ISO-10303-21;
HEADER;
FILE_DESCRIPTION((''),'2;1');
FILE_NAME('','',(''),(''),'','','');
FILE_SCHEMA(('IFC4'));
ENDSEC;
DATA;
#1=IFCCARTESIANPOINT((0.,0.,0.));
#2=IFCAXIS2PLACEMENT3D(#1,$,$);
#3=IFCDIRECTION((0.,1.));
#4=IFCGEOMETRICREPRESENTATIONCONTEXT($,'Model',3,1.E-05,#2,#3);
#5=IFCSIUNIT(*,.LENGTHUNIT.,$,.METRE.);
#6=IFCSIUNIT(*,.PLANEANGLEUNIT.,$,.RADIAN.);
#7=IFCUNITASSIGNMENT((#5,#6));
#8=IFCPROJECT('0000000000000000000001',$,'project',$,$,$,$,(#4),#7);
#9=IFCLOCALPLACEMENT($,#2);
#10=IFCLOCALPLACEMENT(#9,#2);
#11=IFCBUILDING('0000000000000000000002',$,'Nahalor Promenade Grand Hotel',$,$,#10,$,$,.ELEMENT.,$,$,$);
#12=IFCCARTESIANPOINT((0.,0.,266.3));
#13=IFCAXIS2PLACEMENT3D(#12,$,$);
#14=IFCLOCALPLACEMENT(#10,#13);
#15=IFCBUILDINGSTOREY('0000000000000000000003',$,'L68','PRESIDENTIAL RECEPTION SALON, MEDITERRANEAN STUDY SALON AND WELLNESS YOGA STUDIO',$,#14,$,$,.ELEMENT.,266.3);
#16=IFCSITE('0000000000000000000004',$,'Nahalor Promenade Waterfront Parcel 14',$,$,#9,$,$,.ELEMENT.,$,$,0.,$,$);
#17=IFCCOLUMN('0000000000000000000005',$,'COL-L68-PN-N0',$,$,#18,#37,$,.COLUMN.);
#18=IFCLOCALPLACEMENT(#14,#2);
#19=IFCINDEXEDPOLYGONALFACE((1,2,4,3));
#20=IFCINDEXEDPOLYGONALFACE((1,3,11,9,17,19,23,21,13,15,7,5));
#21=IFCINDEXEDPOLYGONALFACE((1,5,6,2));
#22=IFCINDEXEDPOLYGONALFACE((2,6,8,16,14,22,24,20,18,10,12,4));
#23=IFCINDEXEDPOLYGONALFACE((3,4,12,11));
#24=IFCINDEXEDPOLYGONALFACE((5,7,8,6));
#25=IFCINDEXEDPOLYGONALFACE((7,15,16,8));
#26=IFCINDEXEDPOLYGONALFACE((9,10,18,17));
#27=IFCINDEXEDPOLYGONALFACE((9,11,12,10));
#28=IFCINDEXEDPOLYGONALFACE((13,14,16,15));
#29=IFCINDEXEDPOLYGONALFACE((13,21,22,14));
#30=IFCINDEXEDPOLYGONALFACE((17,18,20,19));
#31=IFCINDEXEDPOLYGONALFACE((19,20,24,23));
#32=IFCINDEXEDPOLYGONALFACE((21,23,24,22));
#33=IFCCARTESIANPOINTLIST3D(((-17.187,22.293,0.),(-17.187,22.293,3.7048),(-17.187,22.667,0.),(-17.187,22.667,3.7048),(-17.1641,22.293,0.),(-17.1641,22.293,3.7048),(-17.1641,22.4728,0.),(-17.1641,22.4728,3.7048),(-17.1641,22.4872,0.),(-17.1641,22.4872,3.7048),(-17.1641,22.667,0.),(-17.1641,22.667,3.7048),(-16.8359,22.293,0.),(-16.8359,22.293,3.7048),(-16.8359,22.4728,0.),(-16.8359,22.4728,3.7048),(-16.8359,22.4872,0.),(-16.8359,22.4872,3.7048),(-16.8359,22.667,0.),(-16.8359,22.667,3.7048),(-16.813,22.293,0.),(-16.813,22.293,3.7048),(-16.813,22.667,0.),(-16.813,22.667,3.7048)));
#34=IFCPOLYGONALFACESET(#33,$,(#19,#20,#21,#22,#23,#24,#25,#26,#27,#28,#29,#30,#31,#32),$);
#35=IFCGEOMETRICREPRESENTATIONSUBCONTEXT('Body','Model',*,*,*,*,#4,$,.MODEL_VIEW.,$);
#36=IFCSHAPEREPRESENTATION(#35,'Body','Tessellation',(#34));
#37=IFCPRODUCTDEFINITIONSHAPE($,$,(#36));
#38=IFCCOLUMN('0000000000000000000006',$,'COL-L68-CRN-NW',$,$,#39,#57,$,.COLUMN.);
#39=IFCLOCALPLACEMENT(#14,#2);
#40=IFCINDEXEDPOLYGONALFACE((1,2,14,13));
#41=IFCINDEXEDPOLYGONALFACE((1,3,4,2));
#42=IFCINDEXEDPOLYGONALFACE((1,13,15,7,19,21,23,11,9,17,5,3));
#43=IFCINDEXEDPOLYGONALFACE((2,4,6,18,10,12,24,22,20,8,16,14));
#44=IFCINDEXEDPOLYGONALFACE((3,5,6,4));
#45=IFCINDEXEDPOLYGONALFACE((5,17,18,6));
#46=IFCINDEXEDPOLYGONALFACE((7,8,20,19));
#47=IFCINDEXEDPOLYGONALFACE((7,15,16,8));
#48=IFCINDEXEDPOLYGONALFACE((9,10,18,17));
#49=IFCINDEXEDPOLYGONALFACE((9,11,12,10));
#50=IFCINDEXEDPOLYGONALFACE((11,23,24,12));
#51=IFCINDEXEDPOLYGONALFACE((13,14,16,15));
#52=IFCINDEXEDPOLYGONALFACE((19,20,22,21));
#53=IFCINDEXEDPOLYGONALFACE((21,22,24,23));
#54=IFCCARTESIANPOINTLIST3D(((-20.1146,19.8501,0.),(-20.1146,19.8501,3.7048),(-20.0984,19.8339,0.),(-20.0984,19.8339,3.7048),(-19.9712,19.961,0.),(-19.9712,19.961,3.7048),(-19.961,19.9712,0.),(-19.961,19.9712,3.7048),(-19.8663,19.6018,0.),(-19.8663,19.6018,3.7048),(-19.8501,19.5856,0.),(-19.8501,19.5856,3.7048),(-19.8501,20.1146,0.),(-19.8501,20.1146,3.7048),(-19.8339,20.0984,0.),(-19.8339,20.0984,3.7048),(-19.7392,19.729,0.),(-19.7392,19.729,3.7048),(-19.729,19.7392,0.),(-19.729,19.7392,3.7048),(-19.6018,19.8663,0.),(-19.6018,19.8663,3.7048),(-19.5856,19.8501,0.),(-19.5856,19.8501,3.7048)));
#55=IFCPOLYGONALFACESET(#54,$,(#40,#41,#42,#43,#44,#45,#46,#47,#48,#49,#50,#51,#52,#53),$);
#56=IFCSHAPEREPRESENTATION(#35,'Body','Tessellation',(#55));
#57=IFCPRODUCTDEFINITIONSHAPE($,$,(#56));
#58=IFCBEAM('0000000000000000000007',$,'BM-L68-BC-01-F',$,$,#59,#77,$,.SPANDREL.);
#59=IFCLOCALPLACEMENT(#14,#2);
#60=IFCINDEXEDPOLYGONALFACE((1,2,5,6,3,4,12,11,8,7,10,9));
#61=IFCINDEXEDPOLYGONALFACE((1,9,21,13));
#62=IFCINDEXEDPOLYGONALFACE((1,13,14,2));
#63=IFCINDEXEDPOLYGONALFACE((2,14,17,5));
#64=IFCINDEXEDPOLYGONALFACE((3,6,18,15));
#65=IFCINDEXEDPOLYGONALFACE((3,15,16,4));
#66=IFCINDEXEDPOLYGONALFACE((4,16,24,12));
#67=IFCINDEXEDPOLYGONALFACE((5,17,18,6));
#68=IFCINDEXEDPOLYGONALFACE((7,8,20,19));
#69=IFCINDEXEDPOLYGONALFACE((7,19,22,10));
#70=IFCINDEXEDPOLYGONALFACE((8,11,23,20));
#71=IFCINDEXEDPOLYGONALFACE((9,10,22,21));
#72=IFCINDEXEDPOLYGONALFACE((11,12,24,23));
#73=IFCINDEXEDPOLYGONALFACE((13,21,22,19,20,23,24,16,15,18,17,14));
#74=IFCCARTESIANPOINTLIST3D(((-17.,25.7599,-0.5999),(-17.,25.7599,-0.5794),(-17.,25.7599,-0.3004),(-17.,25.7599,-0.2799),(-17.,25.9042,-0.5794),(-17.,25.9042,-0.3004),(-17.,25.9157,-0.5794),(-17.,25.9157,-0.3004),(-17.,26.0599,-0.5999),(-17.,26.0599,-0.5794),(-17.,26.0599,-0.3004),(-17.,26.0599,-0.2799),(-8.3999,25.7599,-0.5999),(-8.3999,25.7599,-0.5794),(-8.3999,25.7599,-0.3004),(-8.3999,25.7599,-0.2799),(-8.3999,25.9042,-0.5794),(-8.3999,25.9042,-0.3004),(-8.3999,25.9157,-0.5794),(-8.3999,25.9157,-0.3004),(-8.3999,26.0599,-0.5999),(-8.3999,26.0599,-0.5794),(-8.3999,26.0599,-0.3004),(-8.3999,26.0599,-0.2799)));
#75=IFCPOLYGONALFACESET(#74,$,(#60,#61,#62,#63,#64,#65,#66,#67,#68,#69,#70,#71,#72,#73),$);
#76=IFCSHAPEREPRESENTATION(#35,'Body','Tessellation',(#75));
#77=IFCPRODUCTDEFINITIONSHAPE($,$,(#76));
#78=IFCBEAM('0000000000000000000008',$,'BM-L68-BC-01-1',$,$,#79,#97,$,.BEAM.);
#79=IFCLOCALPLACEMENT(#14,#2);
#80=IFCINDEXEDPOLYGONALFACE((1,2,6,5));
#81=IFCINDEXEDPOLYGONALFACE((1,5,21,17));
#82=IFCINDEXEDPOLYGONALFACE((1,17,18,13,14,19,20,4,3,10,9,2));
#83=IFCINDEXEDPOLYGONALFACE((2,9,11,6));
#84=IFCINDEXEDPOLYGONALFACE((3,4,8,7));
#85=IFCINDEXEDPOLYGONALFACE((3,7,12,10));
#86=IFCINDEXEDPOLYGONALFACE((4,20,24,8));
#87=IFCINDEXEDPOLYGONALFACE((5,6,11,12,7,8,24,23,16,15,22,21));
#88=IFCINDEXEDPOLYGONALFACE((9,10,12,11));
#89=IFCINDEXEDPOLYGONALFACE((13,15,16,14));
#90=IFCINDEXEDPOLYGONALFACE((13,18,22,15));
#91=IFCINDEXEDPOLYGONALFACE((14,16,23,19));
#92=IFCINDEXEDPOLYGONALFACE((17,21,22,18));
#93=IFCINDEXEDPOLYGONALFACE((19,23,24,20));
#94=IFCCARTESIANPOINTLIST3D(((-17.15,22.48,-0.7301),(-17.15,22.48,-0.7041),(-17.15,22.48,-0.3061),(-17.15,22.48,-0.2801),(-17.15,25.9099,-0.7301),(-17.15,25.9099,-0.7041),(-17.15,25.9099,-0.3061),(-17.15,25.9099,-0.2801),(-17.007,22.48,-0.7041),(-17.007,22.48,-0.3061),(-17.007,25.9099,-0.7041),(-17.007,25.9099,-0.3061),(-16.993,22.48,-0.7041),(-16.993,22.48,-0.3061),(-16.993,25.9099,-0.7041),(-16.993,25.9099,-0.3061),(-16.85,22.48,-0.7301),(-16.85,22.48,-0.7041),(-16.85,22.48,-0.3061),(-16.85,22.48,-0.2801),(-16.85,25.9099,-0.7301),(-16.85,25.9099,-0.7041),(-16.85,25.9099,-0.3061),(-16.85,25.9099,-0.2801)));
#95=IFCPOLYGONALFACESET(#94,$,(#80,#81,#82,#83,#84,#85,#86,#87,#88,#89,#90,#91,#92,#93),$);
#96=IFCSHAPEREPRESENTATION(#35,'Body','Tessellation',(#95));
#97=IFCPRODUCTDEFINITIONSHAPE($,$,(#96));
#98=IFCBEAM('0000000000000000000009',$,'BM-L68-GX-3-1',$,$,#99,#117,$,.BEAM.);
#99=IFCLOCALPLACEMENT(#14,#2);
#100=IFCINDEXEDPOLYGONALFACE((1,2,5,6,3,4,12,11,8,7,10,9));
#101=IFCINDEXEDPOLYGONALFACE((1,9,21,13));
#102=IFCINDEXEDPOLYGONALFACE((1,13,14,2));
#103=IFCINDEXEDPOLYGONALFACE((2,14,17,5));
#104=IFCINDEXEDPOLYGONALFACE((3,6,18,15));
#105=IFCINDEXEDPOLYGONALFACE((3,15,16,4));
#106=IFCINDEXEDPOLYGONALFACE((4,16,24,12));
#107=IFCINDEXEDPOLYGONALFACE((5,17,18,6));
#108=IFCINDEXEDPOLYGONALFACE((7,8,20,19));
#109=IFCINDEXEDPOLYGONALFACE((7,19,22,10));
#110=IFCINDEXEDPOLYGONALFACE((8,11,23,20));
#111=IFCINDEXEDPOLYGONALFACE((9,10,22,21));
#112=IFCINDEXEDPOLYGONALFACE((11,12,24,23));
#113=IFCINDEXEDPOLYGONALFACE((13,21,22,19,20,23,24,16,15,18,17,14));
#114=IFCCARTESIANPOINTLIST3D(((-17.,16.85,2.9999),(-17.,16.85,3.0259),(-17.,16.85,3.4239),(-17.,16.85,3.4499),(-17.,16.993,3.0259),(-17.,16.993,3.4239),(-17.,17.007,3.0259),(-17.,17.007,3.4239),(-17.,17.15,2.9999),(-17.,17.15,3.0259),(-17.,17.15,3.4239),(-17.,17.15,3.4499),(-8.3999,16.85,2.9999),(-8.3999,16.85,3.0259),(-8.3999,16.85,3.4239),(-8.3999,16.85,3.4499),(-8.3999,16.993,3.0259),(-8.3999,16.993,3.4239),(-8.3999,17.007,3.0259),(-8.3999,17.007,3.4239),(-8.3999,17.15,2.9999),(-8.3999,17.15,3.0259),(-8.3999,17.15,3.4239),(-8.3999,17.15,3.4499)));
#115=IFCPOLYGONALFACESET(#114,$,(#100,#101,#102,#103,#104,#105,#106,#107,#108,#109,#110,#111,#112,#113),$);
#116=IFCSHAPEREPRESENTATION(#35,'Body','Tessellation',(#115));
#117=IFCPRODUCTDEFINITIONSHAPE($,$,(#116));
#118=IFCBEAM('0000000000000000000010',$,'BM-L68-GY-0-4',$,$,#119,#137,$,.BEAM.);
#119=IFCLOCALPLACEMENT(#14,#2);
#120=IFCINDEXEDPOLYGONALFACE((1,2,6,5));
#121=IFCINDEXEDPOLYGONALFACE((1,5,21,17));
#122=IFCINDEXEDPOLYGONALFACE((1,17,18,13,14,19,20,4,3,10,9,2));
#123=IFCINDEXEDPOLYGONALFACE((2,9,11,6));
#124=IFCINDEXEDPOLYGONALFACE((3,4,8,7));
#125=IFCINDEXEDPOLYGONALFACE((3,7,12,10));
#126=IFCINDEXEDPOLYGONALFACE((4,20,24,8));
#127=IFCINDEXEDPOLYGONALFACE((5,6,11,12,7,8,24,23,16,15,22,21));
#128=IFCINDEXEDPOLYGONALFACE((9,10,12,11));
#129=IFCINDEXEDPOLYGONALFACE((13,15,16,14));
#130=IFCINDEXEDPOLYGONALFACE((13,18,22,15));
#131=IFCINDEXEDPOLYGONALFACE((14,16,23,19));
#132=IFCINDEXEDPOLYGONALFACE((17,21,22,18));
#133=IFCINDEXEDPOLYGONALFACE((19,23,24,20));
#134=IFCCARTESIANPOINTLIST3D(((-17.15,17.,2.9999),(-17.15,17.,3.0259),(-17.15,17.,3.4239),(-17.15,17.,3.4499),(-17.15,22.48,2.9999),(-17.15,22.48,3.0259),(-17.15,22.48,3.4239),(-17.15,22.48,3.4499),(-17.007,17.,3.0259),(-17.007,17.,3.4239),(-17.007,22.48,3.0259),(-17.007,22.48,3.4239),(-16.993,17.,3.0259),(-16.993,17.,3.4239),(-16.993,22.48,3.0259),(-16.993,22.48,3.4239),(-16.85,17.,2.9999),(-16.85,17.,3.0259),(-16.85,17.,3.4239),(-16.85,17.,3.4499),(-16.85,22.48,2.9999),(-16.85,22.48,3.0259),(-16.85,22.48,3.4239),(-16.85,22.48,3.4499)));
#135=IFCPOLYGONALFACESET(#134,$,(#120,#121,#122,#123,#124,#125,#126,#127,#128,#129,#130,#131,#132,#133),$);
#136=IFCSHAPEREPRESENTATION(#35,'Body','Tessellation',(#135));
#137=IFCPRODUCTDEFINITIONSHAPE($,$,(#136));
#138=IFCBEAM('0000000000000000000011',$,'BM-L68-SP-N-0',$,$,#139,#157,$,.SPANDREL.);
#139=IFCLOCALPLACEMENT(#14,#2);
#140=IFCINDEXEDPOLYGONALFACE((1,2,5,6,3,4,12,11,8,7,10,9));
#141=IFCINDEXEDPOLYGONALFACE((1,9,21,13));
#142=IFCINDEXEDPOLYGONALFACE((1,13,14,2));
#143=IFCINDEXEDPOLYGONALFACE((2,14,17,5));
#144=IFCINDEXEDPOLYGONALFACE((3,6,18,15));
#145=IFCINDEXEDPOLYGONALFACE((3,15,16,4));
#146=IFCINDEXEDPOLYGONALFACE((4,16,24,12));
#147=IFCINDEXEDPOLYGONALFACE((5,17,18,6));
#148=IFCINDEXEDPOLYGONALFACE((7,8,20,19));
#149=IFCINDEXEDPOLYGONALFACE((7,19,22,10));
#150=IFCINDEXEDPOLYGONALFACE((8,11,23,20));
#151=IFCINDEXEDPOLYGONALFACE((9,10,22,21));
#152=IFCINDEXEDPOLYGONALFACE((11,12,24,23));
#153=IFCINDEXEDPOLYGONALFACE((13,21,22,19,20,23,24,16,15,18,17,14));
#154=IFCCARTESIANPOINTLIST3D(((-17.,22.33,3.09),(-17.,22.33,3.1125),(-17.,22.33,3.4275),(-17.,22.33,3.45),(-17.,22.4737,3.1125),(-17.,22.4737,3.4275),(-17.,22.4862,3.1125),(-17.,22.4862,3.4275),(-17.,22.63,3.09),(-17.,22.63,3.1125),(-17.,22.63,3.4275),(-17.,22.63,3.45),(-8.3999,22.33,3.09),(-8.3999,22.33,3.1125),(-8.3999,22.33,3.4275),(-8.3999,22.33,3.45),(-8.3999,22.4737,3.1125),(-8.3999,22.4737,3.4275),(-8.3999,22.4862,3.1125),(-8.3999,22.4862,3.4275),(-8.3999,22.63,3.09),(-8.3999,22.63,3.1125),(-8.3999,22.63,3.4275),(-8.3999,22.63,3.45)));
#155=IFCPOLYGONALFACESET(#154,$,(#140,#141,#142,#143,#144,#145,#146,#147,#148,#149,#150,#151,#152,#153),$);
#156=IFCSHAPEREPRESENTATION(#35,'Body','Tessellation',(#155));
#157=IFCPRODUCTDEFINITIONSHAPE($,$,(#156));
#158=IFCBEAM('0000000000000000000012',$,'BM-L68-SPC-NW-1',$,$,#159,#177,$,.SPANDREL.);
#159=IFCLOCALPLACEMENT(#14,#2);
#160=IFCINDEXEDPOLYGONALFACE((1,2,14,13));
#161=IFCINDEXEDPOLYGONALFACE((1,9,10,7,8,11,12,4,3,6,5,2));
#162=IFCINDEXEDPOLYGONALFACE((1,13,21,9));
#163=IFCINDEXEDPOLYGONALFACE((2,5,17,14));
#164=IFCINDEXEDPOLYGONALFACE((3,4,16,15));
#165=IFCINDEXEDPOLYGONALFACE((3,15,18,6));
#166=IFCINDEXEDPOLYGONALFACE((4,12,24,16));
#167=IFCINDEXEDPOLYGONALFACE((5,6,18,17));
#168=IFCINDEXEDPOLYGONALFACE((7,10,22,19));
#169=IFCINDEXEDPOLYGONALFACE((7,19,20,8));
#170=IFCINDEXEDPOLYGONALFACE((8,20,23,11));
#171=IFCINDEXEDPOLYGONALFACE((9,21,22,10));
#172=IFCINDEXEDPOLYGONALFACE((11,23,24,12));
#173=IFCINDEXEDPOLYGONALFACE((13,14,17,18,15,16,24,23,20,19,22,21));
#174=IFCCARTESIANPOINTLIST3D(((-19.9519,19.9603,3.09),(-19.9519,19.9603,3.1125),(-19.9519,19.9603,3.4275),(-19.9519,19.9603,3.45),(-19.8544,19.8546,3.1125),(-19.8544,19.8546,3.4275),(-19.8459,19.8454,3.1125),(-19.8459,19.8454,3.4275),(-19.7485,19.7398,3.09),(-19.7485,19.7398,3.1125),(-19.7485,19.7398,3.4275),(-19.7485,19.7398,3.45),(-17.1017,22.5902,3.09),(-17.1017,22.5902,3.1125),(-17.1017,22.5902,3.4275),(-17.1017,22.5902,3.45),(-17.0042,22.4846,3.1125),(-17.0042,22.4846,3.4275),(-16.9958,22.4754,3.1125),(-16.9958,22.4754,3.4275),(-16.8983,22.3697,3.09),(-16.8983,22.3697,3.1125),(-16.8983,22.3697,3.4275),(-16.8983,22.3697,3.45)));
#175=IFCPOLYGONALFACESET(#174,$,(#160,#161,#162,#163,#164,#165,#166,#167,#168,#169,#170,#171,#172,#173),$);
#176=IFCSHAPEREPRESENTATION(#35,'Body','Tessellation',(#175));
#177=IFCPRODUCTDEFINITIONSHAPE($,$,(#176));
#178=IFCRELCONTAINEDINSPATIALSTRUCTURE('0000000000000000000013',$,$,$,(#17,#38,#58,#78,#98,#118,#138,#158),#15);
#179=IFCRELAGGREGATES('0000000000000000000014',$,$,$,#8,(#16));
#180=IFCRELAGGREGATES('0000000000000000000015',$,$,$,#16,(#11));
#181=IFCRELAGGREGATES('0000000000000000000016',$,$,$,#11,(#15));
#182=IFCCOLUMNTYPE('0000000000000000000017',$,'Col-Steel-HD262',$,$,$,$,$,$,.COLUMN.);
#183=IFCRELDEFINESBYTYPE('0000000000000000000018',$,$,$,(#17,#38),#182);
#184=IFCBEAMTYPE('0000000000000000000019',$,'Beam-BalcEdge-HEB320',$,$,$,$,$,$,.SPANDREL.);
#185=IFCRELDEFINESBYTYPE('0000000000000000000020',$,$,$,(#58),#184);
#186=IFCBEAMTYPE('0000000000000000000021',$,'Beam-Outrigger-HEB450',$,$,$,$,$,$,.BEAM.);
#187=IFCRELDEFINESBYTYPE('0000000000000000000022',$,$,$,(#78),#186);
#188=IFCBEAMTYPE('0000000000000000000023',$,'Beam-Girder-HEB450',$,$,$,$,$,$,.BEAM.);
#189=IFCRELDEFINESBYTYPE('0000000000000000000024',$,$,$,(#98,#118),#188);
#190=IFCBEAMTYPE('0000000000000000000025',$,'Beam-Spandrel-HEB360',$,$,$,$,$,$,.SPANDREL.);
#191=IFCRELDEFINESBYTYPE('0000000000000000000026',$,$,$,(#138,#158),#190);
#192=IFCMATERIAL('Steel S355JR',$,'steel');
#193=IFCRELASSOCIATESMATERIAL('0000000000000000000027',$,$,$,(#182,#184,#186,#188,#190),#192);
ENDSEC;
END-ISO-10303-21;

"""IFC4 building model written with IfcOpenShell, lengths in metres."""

from ifc_helpers import new_model, si_unit, direction, frame, origin, origin_2d, place, context, subcontext, project, spatial, i_section, extrude, source, transform, mapped, material, material_profile, profile_set, type_object, element, save


model = new_model("IFC4")

# Units and contexts
model_context = context("Model", 3, precision=1e-05, world=origin(), true_north=direction((0.0, 1.0)))
body_context = subcontext(model_context, "Body", "Model", "MODEL_VIEW")
ifc_project = project(units=[si_unit("LENGTHUNIT", "METRE"), si_unit("PLANEANGLEUNIT", "RADIAN")], contexts=[model_context])

# Site, building, storey
site_placement = place(None, origin())
site = spatial("IfcSite", under=ifc_project, at=site_placement, Name="Nahalor Promenade Waterfront Parcel 14", CompositionType="ELEMENT", RefElevation=0.0)
building_placement = place(site_placement, origin())
building = spatial("IfcBuilding", under=site, at=building_placement, Name="Nahalor Promenade Grand Hotel", CompositionType="ELEMENT")
storey_placement = place(building_placement, frame((0.0, 0.0, 266.3)))
storey = spatial("IfcBuildingStorey", under=building, at=storey_placement, Name="L68", Description="PRESIDENTIAL RECEPTION SALON, MEDITERRANEAN STUDY SALON AND WELLNESS YOGA STUDIO", CompositionType="ELEMENT", Elevation=266.3)

# Columns
ifc_material_1 = material(Name="Steel S355JR", Category="steel")
ifc_material_profile_1 = material_profile(ifc_material_1, i_section(OverallWidth=0.374, OverallDepth=0.374, WebThickness=0.0144, FlangeThickness=0.0229, at=origin_2d()), Name="HD 360x262")
ifc_profile_set_1 = profile_set([ifc_material_profile_1], Name="Steel S355JR")
column_type = type_object("IfcColumnType", Name="Col-Steel-HD262", PredefinedType="COLUMN", material=ifc_profile_set_1)
shared_shape_1 = source(origin(), body_context, "Body", "SweptSolid", [
    extrude(i_section(OverallWidth=0.374, OverallDepth=0.374, WebThickness=0.0144, FlangeThickness=0.0229, at=origin_2d()), origin(), (0.0, 0.0, 1.0), 3.7048),
])
for number, where, z_axis, x_axis, name in (
    (1, (-17.0, 22.48, 0.0), (0.0, 0.0, 1.0), (0.0, 1.0, 0.0), "COL-L68-PN-N0"),
    (2, (-19.8501, 19.8501, 0.0), (0.0, 0.0, 1.0), (0.707107, 0.707107, 0.0), "COL-L68-CRN-NW"),
):
    element("IfcColumn", number, at=place(storey_placement, frame(where, z_axis=z_axis, x_axis=x_axis)), inside=storey, type_object=column_type, Name=name, PredefinedType="COLUMN", context=body_context, shape_type="MappedRepresentation", body=[
        mapped(shared_shape_1, transform((0.0, 0.0, 0.0), scale=1.0)),
    ])

# Beams
ifc_material_profile_2 = material_profile(ifc_material_1, i_section(OverallWidth=0.3, OverallDepth=0.32, WebThickness=0.0115, FlangeThickness=0.0205, at=origin_2d()), Name="HEB 320")
ifc_profile_set_2 = profile_set([ifc_material_profile_2], Name="Steel S355JR")
beam_type_1 = type_object("IfcBeamType", Name="Beam-BalcEdge-HEB320", PredefinedType="SPANDREL", material=ifc_profile_set_2)
shared_shape_2 = source(origin(), body_context, "Body", "SweptSolid", [
    extrude(i_section(OverallWidth=0.3, OverallDepth=0.32, WebThickness=0.0115, FlangeThickness=0.0205, at=origin_2d()), origin(), (0.0, 0.0, 1.0), 8.6001),
])
beam_1_placement = place(storey_placement, frame((-17.0, 25.9099, -0.4399), z_axis=(1.0, 0.0, 0.0), x_axis=(0.0, 1.0, 0.0)))
element("IfcBeam", 3, at=beam_1_placement, inside=storey, type_object=beam_type_1, Name="BM-L68-BC-01-F", PredefinedType="SPANDREL", context=body_context, shape_type="MappedRepresentation", body=[
    mapped(shared_shape_2, transform((0.0, 0.0, 0.0), scale=1.0)),
])
ifc_material_profile_3 = material_profile(ifc_material_1, i_section(OverallWidth=0.3, OverallDepth=0.45, WebThickness=0.014, FlangeThickness=0.026, at=origin_2d()), Name="HEB 450")
ifc_profile_set_3 = profile_set([ifc_material_profile_3], Name="Steel S355JR")
beam_type_2 = type_object("IfcBeamType", Name="Beam-Outrigger-HEB450", PredefinedType="BEAM", material=ifc_profile_set_3)
shared_shape_3 = source(origin(), body_context, "Body", "SweptSolid", [
    extrude(i_section(OverallWidth=0.3, OverallDepth=0.45, WebThickness=0.014, FlangeThickness=0.026, at=origin_2d()), origin(), (0.0, 0.0, 1.0), 3.4299),
])
beam_2_placement = place(storey_placement, frame((-17.0, 22.48, -0.5051), z_axis=(0.0, 1.0, 0.0), x_axis=(-1.0, 0.0, 0.0)))
element("IfcBeam", 4, at=beam_2_placement, inside=storey, type_object=beam_type_2, Name="BM-L68-BC-01-1", PredefinedType="BEAM", context=body_context, shape_type="MappedRepresentation", body=[
    mapped(shared_shape_3, transform((0.0, 0.0, 0.0), scale=1.0)),
])
ifc_material_profile_4 = material_profile(ifc_material_1, i_section(OverallWidth=0.3, OverallDepth=0.45, WebThickness=0.014, FlangeThickness=0.026, at=origin_2d()), Name="HEB 450")
ifc_profile_set_4 = profile_set([ifc_material_profile_4], Name="Steel S355JR")
beam_type_3 = type_object("IfcBeamType", Name="Beam-Girder-HEB450", PredefinedType="BEAM", material=ifc_profile_set_4)
shared_shape_4 = source(origin(), body_context, "Body", "SweptSolid", [
    extrude(i_section(OverallWidth=0.3, OverallDepth=0.45, WebThickness=0.014, FlangeThickness=0.026, at=origin_2d()), origin(), (0.0, 0.0, 1.0), 8.6001),
])
beam_3_placement = place(storey_placement, frame((-17.0, 17.0, 3.2249), z_axis=(1.0, 0.0, 0.0), x_axis=(0.0, 1.0, 0.0)))
element("IfcBeam", 5, at=beam_3_placement, inside=storey, type_object=beam_type_3, Name="BM-L68-GX-3-1", PredefinedType="BEAM", context=body_context, shape_type="MappedRepresentation", body=[
    mapped(shared_shape_4, transform((0.0, 0.0, 0.0), scale=1.0)),
])
shared_shape_5 = source(origin(), body_context, "Body", "SweptSolid", [
    extrude(i_section(OverallWidth=0.3, OverallDepth=0.45, WebThickness=0.014, FlangeThickness=0.026, at=origin_2d()), origin(), (0.0, 0.0, 1.0), 5.48),
])
beam_4_placement = place(storey_placement, frame((-17.0, 17.0, 3.2249), z_axis=(0.0, 1.0, 0.0), x_axis=(-1.0, 0.0, 0.0)))
element("IfcBeam", 6, at=beam_4_placement, inside=storey, type_object=beam_type_3, Name="BM-L68-GY-0-4", PredefinedType="BEAM", context=body_context, shape_type="MappedRepresentation", body=[
    mapped(shared_shape_5, transform((0.0, 0.0, 0.0), scale=1.0)),
])
ifc_material_profile_5 = material_profile(ifc_material_1, i_section(OverallWidth=0.3, OverallDepth=0.36, WebThickness=0.0125, FlangeThickness=0.0225, at=origin_2d()), Name="HEB 360")
ifc_profile_set_5 = profile_set([ifc_material_profile_5], Name="Steel S355JR")
beam_type_4 = type_object("IfcBeamType", Name="Beam-Spandrel-HEB360", PredefinedType="SPANDREL", material=ifc_profile_set_5)
shared_shape_6 = source(origin(), body_context, "Body", "SweptSolid", [
    extrude(i_section(OverallWidth=0.3, OverallDepth=0.36, WebThickness=0.0125, FlangeThickness=0.0225, at=origin_2d()), origin(), (0.0, 0.0, 1.0), 8.6001),
])
beam_5_placement = place(storey_placement, frame((-17.0, 22.48, 3.27), z_axis=(1.0, 0.0, 0.0), x_axis=(0.0, 1.0, 0.0)))
element("IfcBeam", 7, at=beam_5_placement, inside=storey, type_object=beam_type_4, Name="BM-L68-SP-N-0", PredefinedType="SPANDREL", context=body_context, shape_type="MappedRepresentation", body=[
    mapped(shared_shape_6, transform((0.0, 0.0, 0.0), scale=1.0)),
])
shared_shape_7 = source(origin(), body_context, "Body", "SweptSolid", [
    extrude(i_section(OverallWidth=0.3, OverallDepth=0.36, WebThickness=0.0125, FlangeThickness=0.0225, at=origin_2d()), origin(), (0.0, 0.0, 1.0), 3.8782),
])
for number, where, z_axis, x_axis, name in (
    (8, (-17.0, 22.48, 3.27), (-0.734929, -0.678144, 0.0), (0.678144, -0.734929, 0.0), "BM-L68-SPC-NW-1"),
):
    element("IfcBeam", number, at=place(storey_placement, frame(where, z_axis=z_axis, x_axis=x_axis)), inside=storey, type_object=beam_type_4, Name=name, PredefinedType="SPANDREL", context=body_context, shape_type="MappedRepresentation", body=[
        mapped(shared_shape_7, transform((0.0, 0.0, 0.0), scale=1.0)),
    ])

save(model, "model.ifc")
